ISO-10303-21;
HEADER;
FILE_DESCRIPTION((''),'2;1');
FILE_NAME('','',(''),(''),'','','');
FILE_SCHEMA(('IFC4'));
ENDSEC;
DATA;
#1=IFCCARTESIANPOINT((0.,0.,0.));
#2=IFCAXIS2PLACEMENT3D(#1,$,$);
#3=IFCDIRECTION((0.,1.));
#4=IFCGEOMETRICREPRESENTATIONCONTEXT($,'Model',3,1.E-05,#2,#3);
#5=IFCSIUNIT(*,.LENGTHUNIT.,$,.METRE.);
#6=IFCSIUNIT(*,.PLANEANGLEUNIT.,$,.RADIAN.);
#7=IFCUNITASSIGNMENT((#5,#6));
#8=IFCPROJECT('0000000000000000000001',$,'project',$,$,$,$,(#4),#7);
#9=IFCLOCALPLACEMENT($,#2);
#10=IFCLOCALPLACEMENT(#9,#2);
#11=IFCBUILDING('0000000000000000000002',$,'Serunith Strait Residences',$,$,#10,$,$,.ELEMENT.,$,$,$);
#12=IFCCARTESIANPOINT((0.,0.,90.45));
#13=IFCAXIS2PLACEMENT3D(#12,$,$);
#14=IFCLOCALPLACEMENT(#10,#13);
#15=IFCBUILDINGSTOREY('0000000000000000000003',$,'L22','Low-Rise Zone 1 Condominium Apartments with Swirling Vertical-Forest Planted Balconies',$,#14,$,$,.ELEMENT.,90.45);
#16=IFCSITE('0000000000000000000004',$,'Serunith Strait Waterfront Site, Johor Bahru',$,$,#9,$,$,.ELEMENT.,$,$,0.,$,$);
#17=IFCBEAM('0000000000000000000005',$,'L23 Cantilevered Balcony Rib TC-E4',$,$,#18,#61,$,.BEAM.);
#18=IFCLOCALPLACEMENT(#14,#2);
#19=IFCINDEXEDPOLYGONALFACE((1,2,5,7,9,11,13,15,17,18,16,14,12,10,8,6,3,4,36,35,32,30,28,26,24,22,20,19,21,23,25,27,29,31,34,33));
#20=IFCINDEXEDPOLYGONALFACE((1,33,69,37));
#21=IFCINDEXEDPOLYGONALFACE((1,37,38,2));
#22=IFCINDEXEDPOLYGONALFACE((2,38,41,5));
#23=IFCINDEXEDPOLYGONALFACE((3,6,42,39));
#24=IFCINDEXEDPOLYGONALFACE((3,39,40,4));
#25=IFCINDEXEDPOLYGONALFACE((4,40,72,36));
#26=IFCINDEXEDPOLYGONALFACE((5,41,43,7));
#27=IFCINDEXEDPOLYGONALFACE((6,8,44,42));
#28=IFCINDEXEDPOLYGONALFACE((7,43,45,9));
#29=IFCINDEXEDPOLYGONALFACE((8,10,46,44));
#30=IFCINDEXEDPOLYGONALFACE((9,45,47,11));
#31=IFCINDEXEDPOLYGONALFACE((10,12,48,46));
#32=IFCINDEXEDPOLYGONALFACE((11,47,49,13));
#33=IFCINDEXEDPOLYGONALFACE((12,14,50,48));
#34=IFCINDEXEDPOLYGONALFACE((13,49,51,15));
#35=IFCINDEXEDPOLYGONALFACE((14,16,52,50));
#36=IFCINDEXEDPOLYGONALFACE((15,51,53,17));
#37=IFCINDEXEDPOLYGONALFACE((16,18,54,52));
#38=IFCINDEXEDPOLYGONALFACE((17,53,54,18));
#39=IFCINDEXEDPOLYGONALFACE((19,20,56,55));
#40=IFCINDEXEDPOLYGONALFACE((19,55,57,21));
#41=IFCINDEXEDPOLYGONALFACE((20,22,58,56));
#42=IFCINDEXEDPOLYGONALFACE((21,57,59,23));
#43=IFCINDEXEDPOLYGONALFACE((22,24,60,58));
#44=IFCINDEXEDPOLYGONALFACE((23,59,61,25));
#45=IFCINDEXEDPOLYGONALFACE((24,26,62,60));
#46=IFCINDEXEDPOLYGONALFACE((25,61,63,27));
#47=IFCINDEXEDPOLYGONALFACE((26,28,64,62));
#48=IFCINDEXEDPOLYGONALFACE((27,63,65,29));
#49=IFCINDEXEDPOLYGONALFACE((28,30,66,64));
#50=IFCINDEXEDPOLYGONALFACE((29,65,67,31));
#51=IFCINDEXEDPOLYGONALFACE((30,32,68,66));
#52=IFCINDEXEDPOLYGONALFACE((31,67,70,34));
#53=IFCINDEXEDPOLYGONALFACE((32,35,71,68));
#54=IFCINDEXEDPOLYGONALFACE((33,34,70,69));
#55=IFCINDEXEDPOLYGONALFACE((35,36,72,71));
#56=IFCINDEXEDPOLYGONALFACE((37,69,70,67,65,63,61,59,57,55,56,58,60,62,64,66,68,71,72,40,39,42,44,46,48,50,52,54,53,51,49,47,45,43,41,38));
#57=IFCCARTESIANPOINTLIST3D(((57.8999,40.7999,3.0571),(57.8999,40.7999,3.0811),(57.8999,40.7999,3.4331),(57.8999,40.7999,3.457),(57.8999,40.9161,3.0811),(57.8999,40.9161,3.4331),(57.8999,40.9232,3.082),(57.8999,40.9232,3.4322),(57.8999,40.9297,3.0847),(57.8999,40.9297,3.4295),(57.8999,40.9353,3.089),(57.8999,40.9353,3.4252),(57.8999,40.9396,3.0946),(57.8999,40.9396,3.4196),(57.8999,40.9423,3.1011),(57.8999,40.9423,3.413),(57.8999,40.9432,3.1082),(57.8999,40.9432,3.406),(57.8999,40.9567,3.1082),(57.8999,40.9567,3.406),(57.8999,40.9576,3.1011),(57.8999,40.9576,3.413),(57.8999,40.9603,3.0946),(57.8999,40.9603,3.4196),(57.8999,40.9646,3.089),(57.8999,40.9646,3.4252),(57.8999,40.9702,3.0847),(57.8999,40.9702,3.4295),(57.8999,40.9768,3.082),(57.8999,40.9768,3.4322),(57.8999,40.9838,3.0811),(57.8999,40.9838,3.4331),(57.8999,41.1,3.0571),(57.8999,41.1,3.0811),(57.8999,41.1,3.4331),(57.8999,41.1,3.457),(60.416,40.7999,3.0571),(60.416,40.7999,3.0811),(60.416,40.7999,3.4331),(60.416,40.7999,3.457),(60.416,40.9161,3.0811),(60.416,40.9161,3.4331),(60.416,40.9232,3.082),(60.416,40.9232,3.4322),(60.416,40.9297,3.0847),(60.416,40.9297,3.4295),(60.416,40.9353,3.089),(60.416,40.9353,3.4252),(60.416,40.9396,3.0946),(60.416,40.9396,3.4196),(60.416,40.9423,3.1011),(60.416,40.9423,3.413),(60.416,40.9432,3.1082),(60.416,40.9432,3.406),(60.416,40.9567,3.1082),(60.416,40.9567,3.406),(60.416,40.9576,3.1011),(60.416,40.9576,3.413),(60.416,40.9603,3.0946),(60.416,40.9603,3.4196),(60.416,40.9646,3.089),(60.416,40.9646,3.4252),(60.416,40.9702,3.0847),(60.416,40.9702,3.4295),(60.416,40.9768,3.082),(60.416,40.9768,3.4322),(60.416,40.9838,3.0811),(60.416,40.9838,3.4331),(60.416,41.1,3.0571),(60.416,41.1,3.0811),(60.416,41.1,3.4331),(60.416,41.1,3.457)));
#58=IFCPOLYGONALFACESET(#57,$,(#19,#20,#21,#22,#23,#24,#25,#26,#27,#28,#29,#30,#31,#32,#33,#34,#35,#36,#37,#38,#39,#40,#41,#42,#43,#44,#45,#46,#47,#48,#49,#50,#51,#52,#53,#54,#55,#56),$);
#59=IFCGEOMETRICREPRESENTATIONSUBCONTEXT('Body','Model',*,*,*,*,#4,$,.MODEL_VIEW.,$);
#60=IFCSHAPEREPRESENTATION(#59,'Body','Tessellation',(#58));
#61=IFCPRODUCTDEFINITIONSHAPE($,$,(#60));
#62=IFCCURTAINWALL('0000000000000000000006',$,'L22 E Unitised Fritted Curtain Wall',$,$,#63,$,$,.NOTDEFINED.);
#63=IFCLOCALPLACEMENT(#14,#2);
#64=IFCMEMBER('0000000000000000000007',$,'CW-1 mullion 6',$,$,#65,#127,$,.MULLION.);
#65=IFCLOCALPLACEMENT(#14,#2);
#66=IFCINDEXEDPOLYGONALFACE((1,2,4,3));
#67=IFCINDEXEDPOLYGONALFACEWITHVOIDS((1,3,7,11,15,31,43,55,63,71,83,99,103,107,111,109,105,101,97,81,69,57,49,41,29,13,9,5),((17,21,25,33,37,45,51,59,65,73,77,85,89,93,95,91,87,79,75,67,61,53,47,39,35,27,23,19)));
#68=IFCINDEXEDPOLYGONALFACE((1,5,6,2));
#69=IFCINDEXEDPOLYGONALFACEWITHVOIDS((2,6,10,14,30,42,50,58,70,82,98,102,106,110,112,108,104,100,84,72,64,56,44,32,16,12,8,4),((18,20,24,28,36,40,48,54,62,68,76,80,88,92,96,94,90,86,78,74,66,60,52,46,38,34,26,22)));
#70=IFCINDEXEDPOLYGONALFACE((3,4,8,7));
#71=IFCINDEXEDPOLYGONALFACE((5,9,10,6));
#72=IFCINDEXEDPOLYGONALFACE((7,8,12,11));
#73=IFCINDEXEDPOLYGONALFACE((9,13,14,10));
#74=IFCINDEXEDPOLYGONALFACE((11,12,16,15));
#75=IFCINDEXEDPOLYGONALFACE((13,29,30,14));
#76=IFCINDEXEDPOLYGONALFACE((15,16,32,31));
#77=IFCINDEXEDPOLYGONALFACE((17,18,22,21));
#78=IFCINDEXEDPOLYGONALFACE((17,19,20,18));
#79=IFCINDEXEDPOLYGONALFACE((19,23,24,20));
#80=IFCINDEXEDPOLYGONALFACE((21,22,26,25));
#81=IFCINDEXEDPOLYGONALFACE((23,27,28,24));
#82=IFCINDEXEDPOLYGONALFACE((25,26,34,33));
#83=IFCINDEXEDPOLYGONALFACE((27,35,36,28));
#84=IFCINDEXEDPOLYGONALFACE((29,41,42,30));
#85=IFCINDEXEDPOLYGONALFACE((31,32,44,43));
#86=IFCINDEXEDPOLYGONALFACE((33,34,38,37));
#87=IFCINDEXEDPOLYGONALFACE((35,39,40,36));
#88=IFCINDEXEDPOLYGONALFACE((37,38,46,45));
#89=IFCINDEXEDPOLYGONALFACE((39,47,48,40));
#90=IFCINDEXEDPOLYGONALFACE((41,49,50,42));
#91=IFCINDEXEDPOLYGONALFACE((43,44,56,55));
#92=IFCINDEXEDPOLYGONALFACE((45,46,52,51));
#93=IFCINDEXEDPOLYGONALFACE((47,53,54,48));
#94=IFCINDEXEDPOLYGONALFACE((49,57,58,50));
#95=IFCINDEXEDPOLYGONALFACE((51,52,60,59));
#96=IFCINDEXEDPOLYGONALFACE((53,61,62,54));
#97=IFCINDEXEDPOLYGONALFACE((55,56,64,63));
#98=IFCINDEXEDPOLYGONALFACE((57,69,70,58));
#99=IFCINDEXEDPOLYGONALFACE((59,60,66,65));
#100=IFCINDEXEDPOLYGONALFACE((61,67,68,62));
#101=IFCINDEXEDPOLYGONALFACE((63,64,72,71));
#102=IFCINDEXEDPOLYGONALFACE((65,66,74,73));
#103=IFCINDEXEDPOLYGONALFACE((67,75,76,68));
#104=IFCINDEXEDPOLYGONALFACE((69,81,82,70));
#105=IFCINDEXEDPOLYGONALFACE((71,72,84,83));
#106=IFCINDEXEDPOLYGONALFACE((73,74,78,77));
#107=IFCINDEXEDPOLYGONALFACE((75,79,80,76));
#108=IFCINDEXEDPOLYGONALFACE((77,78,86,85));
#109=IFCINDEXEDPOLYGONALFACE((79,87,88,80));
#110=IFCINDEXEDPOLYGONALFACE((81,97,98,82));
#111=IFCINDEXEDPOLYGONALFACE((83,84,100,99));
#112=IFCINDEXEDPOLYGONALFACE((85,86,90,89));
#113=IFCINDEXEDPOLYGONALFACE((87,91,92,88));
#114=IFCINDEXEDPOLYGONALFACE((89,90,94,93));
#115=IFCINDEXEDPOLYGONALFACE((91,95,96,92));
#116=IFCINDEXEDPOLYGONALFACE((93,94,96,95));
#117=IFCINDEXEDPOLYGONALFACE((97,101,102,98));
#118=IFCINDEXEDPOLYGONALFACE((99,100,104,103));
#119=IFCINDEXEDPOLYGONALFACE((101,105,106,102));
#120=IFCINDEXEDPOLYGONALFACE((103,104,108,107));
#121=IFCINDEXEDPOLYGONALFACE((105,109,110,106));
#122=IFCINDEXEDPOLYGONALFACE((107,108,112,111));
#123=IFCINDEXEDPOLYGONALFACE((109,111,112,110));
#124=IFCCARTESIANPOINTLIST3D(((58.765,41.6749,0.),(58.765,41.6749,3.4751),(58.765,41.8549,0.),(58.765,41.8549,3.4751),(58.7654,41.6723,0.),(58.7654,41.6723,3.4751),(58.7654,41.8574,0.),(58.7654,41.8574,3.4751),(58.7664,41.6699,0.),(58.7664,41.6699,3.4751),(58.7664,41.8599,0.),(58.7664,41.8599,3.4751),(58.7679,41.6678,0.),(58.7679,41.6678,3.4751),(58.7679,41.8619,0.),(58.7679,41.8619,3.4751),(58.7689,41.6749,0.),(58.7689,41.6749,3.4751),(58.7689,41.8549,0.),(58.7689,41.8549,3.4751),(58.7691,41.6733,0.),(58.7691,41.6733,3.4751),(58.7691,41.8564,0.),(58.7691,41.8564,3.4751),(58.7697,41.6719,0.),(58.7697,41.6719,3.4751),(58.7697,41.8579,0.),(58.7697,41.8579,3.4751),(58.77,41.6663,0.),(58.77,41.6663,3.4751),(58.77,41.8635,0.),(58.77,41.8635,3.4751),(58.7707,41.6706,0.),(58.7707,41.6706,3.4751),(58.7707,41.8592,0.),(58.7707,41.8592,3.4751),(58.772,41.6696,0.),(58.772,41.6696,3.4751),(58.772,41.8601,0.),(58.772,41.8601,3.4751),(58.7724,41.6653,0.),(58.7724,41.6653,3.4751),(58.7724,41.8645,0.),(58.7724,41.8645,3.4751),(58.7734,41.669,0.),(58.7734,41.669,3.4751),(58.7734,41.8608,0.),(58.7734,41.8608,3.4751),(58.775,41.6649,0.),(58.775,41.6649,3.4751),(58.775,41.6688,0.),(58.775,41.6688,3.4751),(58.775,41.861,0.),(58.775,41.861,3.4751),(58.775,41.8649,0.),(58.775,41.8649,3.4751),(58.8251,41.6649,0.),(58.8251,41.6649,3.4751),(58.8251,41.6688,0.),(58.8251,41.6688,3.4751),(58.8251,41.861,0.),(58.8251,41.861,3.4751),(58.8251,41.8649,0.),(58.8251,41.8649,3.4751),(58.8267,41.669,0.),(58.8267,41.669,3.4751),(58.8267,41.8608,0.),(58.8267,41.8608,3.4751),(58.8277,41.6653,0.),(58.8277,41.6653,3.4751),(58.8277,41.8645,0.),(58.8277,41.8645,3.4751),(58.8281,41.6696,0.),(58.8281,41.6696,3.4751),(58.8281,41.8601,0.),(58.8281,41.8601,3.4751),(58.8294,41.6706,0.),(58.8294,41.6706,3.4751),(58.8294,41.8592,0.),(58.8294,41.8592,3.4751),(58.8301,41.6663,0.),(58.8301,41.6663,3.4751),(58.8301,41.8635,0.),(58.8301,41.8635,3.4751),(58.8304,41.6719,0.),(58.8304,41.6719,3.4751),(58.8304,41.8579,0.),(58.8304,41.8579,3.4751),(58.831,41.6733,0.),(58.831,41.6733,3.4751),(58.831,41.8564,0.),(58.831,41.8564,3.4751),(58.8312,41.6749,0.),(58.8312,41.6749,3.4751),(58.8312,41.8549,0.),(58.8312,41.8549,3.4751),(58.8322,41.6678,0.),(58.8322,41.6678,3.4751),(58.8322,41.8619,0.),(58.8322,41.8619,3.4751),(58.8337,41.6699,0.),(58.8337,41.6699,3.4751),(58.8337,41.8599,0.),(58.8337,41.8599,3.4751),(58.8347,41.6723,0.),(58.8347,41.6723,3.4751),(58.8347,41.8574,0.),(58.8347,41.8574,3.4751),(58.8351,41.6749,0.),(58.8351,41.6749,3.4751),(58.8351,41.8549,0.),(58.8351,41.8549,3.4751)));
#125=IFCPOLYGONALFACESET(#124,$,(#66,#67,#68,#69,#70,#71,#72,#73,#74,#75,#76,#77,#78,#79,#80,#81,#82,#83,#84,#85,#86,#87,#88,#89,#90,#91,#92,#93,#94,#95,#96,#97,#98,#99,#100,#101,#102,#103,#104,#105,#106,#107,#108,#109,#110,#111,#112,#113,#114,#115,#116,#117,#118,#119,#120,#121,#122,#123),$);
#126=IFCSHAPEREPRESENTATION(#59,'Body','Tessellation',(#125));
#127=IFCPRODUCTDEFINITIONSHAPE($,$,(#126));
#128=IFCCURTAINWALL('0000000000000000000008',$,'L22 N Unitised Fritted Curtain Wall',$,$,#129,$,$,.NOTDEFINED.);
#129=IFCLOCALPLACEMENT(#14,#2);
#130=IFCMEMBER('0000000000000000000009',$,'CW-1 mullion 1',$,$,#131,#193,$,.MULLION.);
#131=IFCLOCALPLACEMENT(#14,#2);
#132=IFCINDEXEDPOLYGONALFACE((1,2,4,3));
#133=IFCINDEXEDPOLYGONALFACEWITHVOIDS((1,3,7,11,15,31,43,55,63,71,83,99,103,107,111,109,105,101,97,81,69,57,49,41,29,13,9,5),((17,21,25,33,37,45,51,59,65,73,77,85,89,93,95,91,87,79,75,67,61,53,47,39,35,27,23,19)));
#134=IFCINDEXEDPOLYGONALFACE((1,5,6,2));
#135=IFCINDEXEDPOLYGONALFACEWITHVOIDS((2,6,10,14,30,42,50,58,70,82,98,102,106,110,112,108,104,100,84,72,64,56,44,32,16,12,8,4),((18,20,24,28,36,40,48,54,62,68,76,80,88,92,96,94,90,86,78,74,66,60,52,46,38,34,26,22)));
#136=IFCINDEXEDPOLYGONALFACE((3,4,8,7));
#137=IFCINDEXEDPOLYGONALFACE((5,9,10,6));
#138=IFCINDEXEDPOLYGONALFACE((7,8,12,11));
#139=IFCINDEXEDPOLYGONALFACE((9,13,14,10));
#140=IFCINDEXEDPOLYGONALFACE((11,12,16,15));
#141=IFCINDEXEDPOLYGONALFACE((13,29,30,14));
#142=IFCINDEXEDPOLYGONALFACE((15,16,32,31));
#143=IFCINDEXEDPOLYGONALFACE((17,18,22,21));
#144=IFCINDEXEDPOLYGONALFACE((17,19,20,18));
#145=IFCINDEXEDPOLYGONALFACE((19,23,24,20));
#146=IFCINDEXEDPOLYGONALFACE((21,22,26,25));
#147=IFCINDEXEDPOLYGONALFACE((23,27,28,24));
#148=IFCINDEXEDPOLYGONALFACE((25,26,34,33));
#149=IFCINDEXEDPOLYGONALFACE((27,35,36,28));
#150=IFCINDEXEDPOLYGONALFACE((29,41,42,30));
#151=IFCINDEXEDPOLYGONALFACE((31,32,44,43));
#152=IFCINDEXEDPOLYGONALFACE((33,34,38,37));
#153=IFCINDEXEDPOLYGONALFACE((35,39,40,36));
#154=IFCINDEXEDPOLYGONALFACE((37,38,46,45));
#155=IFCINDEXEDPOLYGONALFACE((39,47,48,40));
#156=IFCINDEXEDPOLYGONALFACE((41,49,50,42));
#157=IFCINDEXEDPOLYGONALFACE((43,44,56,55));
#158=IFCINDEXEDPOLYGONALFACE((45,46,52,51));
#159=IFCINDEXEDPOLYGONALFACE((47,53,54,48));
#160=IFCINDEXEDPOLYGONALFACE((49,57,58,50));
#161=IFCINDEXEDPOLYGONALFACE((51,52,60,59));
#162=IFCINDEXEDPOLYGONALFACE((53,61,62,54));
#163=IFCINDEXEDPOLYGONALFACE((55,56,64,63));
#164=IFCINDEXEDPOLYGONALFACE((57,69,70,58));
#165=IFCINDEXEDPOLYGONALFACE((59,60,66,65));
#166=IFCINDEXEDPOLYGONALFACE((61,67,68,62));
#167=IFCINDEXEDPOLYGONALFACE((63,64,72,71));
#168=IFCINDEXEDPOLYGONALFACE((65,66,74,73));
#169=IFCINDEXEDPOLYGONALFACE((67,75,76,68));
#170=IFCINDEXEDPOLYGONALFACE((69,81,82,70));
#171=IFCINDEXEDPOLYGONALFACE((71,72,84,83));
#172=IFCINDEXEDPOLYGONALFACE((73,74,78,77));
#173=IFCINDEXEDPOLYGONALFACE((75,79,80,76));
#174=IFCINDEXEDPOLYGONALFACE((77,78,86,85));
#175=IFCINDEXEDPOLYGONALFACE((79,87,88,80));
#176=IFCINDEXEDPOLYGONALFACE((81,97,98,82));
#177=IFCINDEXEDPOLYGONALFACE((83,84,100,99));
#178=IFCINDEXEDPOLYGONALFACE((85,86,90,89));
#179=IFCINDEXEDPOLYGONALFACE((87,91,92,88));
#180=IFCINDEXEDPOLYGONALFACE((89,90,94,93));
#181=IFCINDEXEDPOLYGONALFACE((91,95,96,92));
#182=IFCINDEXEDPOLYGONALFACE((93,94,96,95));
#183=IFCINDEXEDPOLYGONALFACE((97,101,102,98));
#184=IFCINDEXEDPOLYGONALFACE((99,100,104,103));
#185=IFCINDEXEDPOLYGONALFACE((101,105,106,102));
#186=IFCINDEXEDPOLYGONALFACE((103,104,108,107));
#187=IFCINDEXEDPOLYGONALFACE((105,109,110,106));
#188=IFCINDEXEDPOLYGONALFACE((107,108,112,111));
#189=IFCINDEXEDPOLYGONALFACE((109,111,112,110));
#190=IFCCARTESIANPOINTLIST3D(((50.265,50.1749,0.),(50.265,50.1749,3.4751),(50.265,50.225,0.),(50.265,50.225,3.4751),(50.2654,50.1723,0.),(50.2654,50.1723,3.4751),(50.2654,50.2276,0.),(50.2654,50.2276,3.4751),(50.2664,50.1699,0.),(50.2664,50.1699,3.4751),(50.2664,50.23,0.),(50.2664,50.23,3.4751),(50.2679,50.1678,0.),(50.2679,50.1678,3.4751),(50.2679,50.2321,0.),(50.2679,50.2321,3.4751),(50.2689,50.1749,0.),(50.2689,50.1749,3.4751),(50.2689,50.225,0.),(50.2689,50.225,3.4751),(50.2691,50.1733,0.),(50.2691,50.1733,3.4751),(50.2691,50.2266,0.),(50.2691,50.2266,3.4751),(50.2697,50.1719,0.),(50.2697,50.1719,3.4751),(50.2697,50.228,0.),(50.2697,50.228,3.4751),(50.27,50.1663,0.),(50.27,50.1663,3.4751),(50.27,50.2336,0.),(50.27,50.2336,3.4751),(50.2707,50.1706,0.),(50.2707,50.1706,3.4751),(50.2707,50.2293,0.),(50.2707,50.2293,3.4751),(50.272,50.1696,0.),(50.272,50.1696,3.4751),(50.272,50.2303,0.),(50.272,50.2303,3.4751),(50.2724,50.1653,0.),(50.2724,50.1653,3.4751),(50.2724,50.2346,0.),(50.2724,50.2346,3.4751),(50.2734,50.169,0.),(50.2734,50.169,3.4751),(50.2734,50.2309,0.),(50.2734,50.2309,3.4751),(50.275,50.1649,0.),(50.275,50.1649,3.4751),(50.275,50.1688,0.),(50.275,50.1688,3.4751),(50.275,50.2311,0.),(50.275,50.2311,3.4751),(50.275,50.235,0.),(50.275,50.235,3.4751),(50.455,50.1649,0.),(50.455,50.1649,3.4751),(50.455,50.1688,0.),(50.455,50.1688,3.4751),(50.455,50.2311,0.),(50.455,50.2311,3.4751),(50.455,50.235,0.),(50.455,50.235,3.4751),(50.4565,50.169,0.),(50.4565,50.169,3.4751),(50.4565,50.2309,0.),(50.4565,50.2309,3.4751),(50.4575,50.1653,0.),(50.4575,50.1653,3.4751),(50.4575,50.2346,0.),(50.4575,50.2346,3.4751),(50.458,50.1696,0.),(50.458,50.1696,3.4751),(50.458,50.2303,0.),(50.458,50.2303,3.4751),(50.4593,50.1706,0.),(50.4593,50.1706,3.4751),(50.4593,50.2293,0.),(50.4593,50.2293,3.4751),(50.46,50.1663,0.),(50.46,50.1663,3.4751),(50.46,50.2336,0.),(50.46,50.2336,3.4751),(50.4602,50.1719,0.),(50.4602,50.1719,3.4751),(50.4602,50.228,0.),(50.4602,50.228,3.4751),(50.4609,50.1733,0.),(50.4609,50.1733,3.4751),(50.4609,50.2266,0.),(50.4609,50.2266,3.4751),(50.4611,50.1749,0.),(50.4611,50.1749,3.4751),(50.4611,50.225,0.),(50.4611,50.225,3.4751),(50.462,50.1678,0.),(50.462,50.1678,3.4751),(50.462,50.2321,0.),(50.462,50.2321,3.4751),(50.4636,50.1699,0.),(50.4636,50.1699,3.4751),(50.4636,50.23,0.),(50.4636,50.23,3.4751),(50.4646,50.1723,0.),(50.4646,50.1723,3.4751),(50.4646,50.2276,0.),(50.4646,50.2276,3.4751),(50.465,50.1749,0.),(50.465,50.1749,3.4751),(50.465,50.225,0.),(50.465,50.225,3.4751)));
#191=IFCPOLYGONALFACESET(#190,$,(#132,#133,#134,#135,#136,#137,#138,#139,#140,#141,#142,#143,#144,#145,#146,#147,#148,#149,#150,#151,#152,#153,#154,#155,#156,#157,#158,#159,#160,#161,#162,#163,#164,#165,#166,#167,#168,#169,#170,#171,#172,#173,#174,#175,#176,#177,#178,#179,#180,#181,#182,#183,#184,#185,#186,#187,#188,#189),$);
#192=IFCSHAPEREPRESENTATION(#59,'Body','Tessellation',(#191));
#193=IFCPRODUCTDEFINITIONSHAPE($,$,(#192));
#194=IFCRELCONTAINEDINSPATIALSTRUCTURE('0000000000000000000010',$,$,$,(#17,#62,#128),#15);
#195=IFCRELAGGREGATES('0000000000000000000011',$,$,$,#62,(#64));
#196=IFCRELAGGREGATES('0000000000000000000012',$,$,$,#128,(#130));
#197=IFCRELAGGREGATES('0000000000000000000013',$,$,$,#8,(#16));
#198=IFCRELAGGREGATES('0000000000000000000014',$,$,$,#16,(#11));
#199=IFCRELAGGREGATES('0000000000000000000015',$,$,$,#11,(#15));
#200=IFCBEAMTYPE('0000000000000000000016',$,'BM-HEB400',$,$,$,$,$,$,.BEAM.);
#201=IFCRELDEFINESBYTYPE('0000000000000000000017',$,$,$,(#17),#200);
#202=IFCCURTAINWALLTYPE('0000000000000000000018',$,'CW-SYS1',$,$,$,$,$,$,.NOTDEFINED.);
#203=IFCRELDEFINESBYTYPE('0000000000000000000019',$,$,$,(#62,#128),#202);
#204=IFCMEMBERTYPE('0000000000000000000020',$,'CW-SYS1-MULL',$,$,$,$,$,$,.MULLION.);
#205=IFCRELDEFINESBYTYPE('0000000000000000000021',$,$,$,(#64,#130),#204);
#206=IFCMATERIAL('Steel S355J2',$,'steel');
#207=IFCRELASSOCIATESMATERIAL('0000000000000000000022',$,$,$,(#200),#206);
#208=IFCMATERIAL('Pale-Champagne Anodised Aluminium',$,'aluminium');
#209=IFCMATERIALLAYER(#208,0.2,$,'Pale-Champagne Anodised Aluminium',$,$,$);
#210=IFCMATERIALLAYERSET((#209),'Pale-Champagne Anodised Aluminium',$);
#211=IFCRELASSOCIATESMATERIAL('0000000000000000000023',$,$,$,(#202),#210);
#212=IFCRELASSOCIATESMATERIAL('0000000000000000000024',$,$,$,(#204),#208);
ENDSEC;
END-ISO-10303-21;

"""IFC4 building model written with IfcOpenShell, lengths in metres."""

from ifc_helpers import new_model, si_unit, direction, frame, origin, origin_2d, place, context, subcontext, project, spatial, hollow_rectangle, i_section, extrude, source, transform, mapped, material, layer, layer_set, material_profile, profile_set, type_object, element, aggregate, save


model = new_model("IFC4")

# Units and contexts
model_context = context("Model", 3, precision=1e-05, world=origin(), true_north=direction((0.0, 1.0)))
body_context = subcontext(model_context, "Body", "Model", "MODEL_VIEW")
ifc_project = project(units=[si_unit("LENGTHUNIT", "METRE"), si_unit("PLANEANGLEUNIT", "RADIAN")], contexts=[model_context])

# Site, building, storey
site_placement = place(None, origin())
site = spatial("IfcSite", under=ifc_project, at=site_placement, Name="Serunith Strait Waterfront Site, Johor Bahru", CompositionType="ELEMENT", RefElevation=0.0)
building_placement = place(site_placement, origin())
building = spatial("IfcBuilding", under=site, at=building_placement, Name="Serunith Strait Residences", CompositionType="ELEMENT")
storey_placement = place(building_placement, frame((0.0, 0.0, 90.45)))
storey = spatial("IfcBuildingStorey", under=building, at=storey_placement, Name="L22", Description="Low-Rise Zone 1 Condominium Apartments with Swirling Vertical-Forest Planted Balconies", CompositionType="ELEMENT", Elevation=90.45)

# Beam
ifc_material_1 = material(Name="Steel S355J2", Category="steel")
ifc_material_profile_1 = material_profile(ifc_material_1, i_section(OverallWidth=0.3, OverallDepth=0.3999, WebThickness=0.0134, FlangeThickness=0.0239, FilletRadius=0.0271, at=origin_2d()), Name="HEB 400")
ifc_profile_set_1 = profile_set([ifc_material_profile_1], Name="Steel S355J2")
beam_type_1 = type_object("IfcBeamType", Name="BM-HEB400", PredefinedType="BEAM", material=ifc_profile_set_1)
shared_shape_1 = source(origin(), body_context, "Body", "SweptSolid", [
    extrude(i_section(OverallWidth=0.3, OverallDepth=0.3999, WebThickness=0.0134, FlangeThickness=0.0239, FilletRadius=0.0271, at=origin_2d()), origin(), (0.0, 0.0, 1.0), 2.5161),
])
beam_1_placement = place(storey_placement, frame((57.8999, 40.95, 3.2571), z_axis=(1.0, 0.0, 0.0), x_axis=(0.0, 1.0, 0.0)))
element("IfcBeam", 1, at=beam_1_placement, inside=storey, type_object=beam_type_1, Name="L23 Cantilevered Balcony Rib TC-E4", PredefinedType="BEAM", context=body_context, shape_type="MappedRepresentation", body=[
    mapped(shared_shape_1, transform((0.0, 0.0, 0.0), scale=1.0)),
])

# Curtain wall, member
ifc_material_2 = material(Name="Pale-Champagne Anodised Aluminium", Category="aluminium")
ifc_layer_1 = layer(ifc_material_2, 0.2, Name="Pale-Champagne Anodised Aluminium")
ifc_layer_set_1 = layer_set([ifc_layer_1], Name="Pale-Champagne Anodised Aluminium")
curtain_wall_type = type_object("IfcCurtainWallType", Name="CW-SYS1", PredefinedType="NOTDEFINED", material=ifc_layer_set_1)
curtain_wall_1_placement = place(storey_placement, origin())
curtain_wall_1 = element("IfcCurtainWall", 2, at=curtain_wall_1_placement, inside=storey, type_object=curtain_wall_type, Name="L22 E Unitised Fritted Curtain Wall", PredefinedType="NOTDEFINED")
ifc_material_profile_2 = material_profile(ifc_material_2, hollow_rectangle(XDim=0.0701, YDim=0.2, WallThickness=0.0039, InnerFilletRadius=0.0061, OuterFilletRadius=0.01, at=origin_2d()), Name="ALU 200x70x4")
ifc_profile_set_2 = profile_set([ifc_material_profile_2], Name="Pale-Champagne Anodised Aluminium")
member_type_1 = type_object("IfcMemberType", Name="CW-SYS1-MULL", PredefinedType="MULLION", material=ifc_profile_set_2)
shared_shape_2 = source(origin(), body_context, "Body", "SweptSolid", [
    extrude(hollow_rectangle(XDim=0.0701, YDim=0.2, WallThickness=0.0039, InnerFilletRadius=0.0061, OuterFilletRadius=0.01, at=origin_2d()), origin(), (0.0, 0.0, 1.0), 3.4751),
])
member_1_placement = place(storey_placement, frame((58.8, 41.7649, 0.0), z_axis=(0.0, 0.0, 1.0), x_axis=(-1.0, 0.0, 0.0)))
member_1 = element("IfcMember", 3, at=member_1_placement, type_object=member_type_1, Name="CW-1 mullion 6", PredefinedType="MULLION", context=body_context, shape_type="MappedRepresentation", body=[
    mapped(shared_shape_2, transform((0.0, 0.0, 0.0), scale=1.0)),
])
aggregate(curtain_wall_1, [member_1])

# Curtain wall, member
curtain_wall_2_placement = place(storey_placement, origin())
curtain_wall_2 = element("IfcCurtainWall", 4, at=curtain_wall_2_placement, inside=storey, type_object=curtain_wall_type, Name="L22 N Unitised Fritted Curtain Wall", PredefinedType="NOTDEFINED")
member_2_placement = place(storey_placement, frame((50.365, 50.2, 0.0), z_axis=(0.0, 0.0, 1.0), x_axis=(0.0, -1.0, 0.0)))
member_2 = element("IfcMember", 5, at=member_2_placement, type_object=member_type_1, Name="CW-1 mullion 1", PredefinedType="MULLION", context=body_context, shape_type="MappedRepresentation", body=[
    mapped(shared_shape_2, transform((0.0, 0.0, 0.0), scale=1.0)),
])
aggregate(curtain_wall_2, [member_2])

save(model, "model.ifc")
